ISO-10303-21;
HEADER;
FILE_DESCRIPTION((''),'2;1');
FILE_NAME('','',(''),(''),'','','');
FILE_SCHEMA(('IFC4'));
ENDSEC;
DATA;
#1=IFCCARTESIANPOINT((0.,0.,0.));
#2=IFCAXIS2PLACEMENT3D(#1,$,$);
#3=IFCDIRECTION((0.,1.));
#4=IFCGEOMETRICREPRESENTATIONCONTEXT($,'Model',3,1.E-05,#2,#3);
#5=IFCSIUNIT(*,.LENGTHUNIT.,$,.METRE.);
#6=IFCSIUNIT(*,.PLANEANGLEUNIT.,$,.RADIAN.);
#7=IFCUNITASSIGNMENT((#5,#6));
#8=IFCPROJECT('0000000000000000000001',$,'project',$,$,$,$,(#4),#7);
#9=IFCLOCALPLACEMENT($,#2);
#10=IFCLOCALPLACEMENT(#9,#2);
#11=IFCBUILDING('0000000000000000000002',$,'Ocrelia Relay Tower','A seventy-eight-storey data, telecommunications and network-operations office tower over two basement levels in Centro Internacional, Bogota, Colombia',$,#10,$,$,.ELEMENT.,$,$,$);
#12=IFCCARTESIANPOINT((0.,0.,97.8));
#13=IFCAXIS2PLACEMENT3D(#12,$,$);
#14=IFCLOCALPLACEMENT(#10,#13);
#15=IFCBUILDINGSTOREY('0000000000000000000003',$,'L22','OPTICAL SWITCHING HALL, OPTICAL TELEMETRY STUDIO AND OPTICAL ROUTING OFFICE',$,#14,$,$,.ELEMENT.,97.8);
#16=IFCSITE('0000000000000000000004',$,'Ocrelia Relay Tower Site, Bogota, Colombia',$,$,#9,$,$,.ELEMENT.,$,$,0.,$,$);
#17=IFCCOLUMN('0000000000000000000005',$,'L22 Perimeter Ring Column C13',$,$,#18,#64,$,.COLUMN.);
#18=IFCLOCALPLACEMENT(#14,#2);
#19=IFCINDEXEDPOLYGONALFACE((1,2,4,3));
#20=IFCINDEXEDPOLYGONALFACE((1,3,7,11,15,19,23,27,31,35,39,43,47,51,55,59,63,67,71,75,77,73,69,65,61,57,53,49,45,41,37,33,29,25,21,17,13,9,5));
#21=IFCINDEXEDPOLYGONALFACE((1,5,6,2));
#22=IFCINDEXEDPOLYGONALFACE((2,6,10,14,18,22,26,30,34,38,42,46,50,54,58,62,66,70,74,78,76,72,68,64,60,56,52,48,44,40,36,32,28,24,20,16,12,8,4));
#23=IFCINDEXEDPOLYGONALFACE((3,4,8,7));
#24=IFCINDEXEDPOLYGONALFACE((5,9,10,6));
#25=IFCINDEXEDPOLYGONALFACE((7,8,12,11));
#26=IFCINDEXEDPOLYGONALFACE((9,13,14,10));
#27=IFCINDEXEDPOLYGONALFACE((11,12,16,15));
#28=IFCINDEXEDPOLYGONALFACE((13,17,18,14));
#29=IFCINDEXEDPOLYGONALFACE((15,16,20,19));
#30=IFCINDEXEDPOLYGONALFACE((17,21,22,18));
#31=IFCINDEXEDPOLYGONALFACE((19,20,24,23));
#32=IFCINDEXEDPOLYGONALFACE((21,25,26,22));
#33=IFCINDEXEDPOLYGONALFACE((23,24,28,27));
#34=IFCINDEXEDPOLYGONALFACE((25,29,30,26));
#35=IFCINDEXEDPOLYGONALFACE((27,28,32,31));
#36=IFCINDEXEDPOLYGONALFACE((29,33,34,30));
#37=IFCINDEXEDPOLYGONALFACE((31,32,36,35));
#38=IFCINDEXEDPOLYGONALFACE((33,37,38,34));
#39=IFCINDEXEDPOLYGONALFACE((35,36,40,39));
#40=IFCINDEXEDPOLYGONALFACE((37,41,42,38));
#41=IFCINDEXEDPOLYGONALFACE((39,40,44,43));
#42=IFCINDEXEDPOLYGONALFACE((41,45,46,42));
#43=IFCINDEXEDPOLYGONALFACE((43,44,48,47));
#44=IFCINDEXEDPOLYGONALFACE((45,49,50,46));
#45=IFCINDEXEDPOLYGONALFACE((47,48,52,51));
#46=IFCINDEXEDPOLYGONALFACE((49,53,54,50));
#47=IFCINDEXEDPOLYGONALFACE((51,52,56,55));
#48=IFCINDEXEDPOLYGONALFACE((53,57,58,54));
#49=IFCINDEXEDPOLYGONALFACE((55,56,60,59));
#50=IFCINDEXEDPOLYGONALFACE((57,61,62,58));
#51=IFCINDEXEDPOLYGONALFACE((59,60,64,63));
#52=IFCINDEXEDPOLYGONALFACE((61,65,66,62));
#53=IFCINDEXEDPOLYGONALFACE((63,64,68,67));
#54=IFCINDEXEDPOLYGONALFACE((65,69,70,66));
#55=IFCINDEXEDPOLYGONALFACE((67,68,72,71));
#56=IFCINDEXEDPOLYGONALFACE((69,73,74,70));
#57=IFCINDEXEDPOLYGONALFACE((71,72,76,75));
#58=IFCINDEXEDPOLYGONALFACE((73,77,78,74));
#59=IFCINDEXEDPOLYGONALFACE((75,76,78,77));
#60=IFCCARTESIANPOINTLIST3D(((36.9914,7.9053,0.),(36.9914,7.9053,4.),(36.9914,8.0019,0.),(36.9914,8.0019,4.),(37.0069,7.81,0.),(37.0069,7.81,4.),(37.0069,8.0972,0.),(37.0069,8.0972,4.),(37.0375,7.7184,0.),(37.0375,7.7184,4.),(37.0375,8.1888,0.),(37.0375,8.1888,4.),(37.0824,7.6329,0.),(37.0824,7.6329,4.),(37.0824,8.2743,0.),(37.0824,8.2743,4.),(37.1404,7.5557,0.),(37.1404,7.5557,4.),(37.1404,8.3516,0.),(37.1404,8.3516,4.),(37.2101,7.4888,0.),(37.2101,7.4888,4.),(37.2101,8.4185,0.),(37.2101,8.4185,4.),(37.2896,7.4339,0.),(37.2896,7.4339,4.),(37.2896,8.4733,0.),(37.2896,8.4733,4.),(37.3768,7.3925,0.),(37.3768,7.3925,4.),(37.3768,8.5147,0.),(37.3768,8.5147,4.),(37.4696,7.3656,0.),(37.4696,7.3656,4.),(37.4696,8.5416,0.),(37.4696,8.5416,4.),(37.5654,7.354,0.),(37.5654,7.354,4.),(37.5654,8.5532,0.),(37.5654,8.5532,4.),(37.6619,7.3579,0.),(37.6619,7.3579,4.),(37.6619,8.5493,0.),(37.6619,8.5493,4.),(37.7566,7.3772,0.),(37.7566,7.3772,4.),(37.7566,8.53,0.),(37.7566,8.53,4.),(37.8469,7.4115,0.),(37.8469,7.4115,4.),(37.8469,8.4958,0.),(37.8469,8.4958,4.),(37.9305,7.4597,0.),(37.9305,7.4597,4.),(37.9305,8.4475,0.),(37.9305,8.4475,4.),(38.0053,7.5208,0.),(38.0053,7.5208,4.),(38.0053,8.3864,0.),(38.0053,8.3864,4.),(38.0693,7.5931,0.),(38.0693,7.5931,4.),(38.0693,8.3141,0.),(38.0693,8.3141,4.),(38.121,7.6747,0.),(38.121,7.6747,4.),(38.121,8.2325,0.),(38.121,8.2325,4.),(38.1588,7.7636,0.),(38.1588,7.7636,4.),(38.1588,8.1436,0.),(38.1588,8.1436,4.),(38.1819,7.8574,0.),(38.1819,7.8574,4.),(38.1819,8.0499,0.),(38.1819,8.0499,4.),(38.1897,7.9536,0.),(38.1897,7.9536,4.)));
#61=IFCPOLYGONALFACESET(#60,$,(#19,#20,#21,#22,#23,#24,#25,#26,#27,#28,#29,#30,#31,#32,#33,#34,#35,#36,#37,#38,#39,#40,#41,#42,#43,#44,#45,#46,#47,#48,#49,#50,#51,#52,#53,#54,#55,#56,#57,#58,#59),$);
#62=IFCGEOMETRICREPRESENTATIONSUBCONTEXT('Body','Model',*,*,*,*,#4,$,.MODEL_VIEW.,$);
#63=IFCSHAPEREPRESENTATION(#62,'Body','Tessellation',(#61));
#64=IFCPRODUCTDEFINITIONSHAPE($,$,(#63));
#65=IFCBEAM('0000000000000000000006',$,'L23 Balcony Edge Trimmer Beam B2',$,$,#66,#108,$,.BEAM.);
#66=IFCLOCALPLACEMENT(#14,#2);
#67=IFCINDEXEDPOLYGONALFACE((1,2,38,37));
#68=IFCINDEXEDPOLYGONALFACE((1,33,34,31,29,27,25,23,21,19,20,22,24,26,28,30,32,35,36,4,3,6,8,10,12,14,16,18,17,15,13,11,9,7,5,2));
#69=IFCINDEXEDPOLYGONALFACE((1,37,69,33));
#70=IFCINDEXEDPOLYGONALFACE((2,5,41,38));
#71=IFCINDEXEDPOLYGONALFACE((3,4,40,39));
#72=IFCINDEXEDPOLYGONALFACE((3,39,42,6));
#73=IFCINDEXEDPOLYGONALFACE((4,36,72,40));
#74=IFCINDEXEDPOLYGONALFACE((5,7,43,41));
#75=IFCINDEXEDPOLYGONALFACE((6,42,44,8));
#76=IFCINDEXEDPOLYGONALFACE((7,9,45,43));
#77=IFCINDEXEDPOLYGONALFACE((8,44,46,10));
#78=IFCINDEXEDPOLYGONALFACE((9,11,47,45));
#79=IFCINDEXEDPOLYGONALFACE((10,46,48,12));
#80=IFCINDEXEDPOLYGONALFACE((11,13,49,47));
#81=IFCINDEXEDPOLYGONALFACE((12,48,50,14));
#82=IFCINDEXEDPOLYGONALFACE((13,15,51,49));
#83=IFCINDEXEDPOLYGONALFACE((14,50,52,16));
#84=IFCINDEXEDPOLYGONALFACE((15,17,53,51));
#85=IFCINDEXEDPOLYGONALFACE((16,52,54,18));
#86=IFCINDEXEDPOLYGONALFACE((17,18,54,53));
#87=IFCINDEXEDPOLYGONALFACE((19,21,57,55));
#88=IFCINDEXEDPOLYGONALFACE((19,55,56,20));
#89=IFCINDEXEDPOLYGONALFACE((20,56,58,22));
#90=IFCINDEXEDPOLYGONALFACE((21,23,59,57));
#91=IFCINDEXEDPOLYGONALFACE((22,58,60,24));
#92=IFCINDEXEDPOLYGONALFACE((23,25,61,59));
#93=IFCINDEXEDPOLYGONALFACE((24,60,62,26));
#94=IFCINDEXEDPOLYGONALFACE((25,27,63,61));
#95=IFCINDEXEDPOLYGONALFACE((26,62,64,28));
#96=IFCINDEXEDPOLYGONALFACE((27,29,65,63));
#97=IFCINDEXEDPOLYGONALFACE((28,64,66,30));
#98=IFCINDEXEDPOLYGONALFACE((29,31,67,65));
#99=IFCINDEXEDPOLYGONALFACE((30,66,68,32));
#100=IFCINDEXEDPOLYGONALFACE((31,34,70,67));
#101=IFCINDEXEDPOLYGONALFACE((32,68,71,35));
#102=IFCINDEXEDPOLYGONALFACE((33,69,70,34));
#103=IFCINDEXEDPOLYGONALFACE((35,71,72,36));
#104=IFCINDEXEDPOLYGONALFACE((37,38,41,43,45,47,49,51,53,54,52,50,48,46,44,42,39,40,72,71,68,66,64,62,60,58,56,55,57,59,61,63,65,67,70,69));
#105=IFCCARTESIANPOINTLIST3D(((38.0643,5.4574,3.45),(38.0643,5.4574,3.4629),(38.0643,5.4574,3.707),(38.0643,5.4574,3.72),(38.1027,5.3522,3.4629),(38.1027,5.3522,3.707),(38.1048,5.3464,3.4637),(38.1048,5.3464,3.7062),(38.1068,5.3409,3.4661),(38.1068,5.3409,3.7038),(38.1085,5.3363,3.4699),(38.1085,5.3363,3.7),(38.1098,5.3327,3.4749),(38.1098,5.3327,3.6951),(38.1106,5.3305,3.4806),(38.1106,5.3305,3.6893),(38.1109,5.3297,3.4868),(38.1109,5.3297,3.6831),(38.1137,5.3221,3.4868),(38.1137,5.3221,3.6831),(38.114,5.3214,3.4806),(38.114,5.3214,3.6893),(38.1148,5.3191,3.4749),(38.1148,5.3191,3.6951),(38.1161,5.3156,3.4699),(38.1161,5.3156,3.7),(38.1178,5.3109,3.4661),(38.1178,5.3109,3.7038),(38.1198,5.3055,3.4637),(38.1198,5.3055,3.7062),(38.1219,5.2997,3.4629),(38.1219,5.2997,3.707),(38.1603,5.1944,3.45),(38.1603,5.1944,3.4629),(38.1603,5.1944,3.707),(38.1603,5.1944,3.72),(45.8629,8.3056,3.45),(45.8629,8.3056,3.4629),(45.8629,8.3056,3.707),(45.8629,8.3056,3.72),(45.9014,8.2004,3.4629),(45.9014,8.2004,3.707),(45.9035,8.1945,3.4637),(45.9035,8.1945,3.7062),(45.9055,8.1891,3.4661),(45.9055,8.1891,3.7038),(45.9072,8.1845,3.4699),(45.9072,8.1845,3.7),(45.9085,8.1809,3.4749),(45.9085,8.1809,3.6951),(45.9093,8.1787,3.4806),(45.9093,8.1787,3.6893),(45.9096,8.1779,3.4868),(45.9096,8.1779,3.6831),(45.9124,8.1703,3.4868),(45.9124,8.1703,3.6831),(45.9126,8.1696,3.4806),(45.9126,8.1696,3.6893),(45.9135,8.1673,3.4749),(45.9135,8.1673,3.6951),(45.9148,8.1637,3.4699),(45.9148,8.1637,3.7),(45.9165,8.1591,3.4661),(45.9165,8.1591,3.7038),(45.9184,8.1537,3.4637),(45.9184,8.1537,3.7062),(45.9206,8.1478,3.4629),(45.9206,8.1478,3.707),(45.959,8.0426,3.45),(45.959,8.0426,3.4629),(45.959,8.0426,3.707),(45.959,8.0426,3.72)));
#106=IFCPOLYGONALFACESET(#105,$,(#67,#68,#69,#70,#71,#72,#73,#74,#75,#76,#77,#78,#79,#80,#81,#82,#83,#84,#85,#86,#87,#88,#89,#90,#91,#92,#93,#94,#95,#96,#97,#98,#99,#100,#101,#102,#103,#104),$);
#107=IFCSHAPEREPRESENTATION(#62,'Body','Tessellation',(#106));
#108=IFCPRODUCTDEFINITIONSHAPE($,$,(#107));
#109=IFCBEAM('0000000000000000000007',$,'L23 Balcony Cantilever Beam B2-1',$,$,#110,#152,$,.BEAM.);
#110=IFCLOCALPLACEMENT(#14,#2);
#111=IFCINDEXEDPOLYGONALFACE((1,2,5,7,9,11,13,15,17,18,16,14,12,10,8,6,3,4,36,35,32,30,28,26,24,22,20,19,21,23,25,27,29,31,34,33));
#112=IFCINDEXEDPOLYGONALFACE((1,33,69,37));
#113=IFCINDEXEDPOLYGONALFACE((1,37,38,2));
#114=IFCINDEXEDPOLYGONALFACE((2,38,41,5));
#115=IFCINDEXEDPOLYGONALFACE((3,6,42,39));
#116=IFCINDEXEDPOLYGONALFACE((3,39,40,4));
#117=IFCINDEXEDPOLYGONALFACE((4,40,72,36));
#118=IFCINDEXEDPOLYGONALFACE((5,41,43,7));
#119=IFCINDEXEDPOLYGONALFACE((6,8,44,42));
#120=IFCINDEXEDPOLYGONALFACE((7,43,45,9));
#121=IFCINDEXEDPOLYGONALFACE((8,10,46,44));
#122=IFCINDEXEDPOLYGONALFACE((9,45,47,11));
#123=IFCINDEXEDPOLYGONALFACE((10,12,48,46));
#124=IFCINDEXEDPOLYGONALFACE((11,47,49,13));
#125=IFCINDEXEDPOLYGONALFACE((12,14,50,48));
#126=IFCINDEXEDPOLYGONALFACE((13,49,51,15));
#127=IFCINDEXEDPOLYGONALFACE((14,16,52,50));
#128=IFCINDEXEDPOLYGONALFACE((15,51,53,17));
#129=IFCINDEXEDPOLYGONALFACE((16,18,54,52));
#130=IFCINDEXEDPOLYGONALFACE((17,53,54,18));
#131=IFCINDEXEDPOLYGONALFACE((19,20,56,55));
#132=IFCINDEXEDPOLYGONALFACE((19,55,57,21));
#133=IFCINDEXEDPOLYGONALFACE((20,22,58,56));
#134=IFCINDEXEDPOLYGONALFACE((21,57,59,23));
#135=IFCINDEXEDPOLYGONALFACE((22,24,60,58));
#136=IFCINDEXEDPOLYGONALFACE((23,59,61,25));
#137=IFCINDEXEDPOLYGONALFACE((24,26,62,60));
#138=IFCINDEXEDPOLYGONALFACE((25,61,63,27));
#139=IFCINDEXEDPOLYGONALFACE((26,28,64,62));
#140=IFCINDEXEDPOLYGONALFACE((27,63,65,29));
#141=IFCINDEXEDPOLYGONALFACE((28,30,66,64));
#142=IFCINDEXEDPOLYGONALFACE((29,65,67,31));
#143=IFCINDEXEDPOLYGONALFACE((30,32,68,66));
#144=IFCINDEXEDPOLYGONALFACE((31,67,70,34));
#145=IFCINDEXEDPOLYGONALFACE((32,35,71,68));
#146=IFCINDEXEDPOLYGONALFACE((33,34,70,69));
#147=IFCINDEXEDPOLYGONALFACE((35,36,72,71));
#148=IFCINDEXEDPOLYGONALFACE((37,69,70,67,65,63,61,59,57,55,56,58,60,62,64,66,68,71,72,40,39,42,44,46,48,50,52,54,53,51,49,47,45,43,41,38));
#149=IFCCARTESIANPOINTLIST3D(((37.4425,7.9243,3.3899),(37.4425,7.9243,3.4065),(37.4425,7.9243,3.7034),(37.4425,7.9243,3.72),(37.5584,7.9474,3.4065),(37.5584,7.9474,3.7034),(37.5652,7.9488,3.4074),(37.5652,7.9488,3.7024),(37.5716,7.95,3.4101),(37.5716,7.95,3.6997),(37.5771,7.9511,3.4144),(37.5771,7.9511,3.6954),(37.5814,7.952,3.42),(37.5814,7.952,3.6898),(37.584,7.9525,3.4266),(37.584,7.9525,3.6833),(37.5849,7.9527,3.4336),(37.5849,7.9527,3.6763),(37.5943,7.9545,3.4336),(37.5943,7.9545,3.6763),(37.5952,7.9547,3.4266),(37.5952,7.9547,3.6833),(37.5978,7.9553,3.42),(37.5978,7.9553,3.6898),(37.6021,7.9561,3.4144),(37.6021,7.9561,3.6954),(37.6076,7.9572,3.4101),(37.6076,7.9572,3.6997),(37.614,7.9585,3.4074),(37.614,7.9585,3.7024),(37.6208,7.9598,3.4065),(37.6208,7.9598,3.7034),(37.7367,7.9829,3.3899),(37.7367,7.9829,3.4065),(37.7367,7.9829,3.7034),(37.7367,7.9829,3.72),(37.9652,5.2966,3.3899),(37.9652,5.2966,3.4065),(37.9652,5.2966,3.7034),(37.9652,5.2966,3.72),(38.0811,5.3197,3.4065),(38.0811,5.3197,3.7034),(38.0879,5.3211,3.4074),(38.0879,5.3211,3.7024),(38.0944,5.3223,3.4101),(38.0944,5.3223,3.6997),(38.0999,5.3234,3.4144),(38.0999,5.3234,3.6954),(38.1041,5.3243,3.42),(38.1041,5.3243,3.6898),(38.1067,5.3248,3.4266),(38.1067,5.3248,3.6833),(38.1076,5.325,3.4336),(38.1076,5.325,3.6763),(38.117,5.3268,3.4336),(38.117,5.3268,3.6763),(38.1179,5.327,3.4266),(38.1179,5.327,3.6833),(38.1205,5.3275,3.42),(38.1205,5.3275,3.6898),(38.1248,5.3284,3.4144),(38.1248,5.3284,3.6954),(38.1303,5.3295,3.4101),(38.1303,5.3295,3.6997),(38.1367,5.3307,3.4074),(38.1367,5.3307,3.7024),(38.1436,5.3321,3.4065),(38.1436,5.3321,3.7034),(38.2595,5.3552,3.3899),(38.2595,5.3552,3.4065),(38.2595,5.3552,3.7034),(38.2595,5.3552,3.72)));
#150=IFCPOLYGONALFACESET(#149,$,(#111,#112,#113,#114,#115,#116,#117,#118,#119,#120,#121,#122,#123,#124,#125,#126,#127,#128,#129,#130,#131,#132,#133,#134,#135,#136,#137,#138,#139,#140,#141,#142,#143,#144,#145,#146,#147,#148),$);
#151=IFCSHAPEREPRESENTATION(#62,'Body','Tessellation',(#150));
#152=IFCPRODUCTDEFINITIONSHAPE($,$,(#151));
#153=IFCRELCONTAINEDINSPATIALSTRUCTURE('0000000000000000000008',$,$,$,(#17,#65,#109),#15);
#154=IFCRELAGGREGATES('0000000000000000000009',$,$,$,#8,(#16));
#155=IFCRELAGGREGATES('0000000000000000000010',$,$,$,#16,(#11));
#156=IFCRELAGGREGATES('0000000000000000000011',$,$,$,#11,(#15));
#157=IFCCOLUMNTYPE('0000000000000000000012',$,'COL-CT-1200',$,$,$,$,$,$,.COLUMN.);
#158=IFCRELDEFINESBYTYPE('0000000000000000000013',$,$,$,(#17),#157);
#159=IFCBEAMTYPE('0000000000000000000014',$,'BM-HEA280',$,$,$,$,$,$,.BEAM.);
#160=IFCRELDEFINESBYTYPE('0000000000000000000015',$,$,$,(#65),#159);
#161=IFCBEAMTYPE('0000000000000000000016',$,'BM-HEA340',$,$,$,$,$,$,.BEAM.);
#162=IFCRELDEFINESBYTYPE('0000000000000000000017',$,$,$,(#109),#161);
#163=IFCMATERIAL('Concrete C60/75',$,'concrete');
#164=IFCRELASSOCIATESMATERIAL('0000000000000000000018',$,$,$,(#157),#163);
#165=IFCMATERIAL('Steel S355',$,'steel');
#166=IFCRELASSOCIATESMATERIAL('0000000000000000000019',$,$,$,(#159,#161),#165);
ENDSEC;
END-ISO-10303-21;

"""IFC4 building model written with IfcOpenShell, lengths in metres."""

from ifc_helpers import new_model, si_unit, direction, frame, origin, origin_2d, place, context, subcontext, project, spatial, circle, i_section, extrude, material, material_profile, profile_set, type_object, element, save


model = new_model("IFC4")

# Units and contexts
model_context = context("Model", 3, precision=1e-05, world=origin(), true_north=direction((0.0, 1.0)))
body_context = subcontext(model_context, "Body", "Model", "MODEL_VIEW")
ifc_project = project(units=[si_unit("LENGTHUNIT", "METRE"), si_unit("PLANEANGLEUNIT", "RADIAN")], contexts=[model_context])

# Site, building, storey
site_placement = place(None, origin())
site = spatial("IfcSite", under=ifc_project, at=site_placement, Name="Ocrelia Relay Tower Site, Bogota, Colombia", CompositionType="ELEMENT", RefElevation=0.0)
building_placement = place(site_placement, origin())
building = spatial("IfcBuilding", under=site, at=building_placement, Name="Ocrelia Relay Tower", Description="A seventy-eight-storey data, telecommunications and network-operations office tower over two basement levels in Centro Internacional, Bogota, Colombia", CompositionType="ELEMENT")
storey_placement = place(building_placement, frame((0.0, 0.0, 97.8)))
storey = spatial("IfcBuildingStorey", under=building, at=storey_placement, Name="L22", Description="OPTICAL SWITCHING HALL, OPTICAL TELEMETRY STUDIO AND OPTICAL ROUTING OFFICE", CompositionType="ELEMENT", Elevation=97.8)

# Column
ifc_material_1 = material(Name="Concrete C60/75", Category="concrete")
ifc_material_profile_1 = material_profile(ifc_material_1, circle(Radius=0.6001, at=origin_2d()), Name="RC-CIR-1200")
ifc_profile_set_1 = profile_set([ifc_material_profile_1], Name="Concrete C60/75")
column_type = type_object("IfcColumnType", Name="COL-CT-1200", PredefinedType="COLUMN", material=ifc_profile_set_1)
column_placement = place(storey_placement, frame((37.5896, 7.9536, 0.0), z_axis=(0.0, 0.0, 1.0), x_axis=(1.0, 0.0, 0.0)))
element("IfcColumn", 1, at=column_placement, inside=storey, type_object=column_type, Name="L22 Perimeter Ring Column C13", PredefinedType="COLUMN", context=body_context, shape_type="SweptSolid", body=[
    extrude(circle(Radius=0.6001, at=origin_2d()), origin(), (0.0, 0.0, 1.0), 4.0),
])

# Beams
ifc_material_2 = material(Name="Steel S355", Category="steel")
ifc_material_profile_2 = material_profile(ifc_material_2, i_section(OverallWidth=0.28, OverallDepth=0.27, WebThickness=0.0081, FlangeThickness=0.0129, FilletRadius=0.0239, at=origin_2d()), Name="HEA 280")
ifc_profile_set_2 = profile_set([ifc_material_profile_2], Name="Steel S355")
beam_type_1 = type_object("IfcBeamType", Name="BM-HEA280", PredefinedType="BEAM", material=ifc_profile_set_2)
beam_1_placement = place(storey_placement, frame((38.1123, 5.3259, 3.585), z_axis=(0.939317, 0.343051, 0.0), x_axis=(-0.343051, 0.939317, 0.0)))
element("IfcBeam", 2, at=beam_1_placement, inside=storey, type_object=beam_type_1, Name="L23 Balcony Edge Trimmer Beam B2", PredefinedType="BEAM", context=body_context, shape_type="SweptSolid", body=[
    extrude(i_section(OverallWidth=0.28, OverallDepth=0.27, WebThickness=0.0081, FlangeThickness=0.0129, FilletRadius=0.0239, at=origin_2d()), origin(), (0.0, 0.0, 1.0), 8.3025),
])
ifc_material_profile_3 = material_profile(ifc_material_2, i_section(OverallWidth=0.3, OverallDepth=0.3301, WebThickness=0.0095, FlangeThickness=0.0166, FilletRadius=0.0271, at=origin_2d()), Name="HEA 340")
ifc_profile_set_3 = profile_set([ifc_material_profile_3], Name="Steel S355")
beam_type_2 = type_object("IfcBeamType", Name="BM-HEA340", PredefinedType="BEAM", material=ifc_profile_set_3)
beam_2_placement = place(storey_placement, frame((37.5896, 7.9536, 3.5549), z_axis=(0.1951, -0.980783, 0.0), x_axis=(0.980783, 0.1951, 0.0)))
element("IfcBeam", 3, at=beam_2_placement, inside=storey, type_object=beam_type_2, Name="L23 Balcony Cantilever Beam B2-1", PredefinedType="BEAM", context=body_context, shape_type="SweptSolid", body=[
    extrude(i_section(OverallWidth=0.3, OverallDepth=0.3301, WebThickness=0.0095, FlangeThickness=0.0166, FilletRadius=0.0271, at=origin_2d()), origin(), (0.0, 0.0, 1.0), 2.6792),
])

save(model, "model.ifc")
